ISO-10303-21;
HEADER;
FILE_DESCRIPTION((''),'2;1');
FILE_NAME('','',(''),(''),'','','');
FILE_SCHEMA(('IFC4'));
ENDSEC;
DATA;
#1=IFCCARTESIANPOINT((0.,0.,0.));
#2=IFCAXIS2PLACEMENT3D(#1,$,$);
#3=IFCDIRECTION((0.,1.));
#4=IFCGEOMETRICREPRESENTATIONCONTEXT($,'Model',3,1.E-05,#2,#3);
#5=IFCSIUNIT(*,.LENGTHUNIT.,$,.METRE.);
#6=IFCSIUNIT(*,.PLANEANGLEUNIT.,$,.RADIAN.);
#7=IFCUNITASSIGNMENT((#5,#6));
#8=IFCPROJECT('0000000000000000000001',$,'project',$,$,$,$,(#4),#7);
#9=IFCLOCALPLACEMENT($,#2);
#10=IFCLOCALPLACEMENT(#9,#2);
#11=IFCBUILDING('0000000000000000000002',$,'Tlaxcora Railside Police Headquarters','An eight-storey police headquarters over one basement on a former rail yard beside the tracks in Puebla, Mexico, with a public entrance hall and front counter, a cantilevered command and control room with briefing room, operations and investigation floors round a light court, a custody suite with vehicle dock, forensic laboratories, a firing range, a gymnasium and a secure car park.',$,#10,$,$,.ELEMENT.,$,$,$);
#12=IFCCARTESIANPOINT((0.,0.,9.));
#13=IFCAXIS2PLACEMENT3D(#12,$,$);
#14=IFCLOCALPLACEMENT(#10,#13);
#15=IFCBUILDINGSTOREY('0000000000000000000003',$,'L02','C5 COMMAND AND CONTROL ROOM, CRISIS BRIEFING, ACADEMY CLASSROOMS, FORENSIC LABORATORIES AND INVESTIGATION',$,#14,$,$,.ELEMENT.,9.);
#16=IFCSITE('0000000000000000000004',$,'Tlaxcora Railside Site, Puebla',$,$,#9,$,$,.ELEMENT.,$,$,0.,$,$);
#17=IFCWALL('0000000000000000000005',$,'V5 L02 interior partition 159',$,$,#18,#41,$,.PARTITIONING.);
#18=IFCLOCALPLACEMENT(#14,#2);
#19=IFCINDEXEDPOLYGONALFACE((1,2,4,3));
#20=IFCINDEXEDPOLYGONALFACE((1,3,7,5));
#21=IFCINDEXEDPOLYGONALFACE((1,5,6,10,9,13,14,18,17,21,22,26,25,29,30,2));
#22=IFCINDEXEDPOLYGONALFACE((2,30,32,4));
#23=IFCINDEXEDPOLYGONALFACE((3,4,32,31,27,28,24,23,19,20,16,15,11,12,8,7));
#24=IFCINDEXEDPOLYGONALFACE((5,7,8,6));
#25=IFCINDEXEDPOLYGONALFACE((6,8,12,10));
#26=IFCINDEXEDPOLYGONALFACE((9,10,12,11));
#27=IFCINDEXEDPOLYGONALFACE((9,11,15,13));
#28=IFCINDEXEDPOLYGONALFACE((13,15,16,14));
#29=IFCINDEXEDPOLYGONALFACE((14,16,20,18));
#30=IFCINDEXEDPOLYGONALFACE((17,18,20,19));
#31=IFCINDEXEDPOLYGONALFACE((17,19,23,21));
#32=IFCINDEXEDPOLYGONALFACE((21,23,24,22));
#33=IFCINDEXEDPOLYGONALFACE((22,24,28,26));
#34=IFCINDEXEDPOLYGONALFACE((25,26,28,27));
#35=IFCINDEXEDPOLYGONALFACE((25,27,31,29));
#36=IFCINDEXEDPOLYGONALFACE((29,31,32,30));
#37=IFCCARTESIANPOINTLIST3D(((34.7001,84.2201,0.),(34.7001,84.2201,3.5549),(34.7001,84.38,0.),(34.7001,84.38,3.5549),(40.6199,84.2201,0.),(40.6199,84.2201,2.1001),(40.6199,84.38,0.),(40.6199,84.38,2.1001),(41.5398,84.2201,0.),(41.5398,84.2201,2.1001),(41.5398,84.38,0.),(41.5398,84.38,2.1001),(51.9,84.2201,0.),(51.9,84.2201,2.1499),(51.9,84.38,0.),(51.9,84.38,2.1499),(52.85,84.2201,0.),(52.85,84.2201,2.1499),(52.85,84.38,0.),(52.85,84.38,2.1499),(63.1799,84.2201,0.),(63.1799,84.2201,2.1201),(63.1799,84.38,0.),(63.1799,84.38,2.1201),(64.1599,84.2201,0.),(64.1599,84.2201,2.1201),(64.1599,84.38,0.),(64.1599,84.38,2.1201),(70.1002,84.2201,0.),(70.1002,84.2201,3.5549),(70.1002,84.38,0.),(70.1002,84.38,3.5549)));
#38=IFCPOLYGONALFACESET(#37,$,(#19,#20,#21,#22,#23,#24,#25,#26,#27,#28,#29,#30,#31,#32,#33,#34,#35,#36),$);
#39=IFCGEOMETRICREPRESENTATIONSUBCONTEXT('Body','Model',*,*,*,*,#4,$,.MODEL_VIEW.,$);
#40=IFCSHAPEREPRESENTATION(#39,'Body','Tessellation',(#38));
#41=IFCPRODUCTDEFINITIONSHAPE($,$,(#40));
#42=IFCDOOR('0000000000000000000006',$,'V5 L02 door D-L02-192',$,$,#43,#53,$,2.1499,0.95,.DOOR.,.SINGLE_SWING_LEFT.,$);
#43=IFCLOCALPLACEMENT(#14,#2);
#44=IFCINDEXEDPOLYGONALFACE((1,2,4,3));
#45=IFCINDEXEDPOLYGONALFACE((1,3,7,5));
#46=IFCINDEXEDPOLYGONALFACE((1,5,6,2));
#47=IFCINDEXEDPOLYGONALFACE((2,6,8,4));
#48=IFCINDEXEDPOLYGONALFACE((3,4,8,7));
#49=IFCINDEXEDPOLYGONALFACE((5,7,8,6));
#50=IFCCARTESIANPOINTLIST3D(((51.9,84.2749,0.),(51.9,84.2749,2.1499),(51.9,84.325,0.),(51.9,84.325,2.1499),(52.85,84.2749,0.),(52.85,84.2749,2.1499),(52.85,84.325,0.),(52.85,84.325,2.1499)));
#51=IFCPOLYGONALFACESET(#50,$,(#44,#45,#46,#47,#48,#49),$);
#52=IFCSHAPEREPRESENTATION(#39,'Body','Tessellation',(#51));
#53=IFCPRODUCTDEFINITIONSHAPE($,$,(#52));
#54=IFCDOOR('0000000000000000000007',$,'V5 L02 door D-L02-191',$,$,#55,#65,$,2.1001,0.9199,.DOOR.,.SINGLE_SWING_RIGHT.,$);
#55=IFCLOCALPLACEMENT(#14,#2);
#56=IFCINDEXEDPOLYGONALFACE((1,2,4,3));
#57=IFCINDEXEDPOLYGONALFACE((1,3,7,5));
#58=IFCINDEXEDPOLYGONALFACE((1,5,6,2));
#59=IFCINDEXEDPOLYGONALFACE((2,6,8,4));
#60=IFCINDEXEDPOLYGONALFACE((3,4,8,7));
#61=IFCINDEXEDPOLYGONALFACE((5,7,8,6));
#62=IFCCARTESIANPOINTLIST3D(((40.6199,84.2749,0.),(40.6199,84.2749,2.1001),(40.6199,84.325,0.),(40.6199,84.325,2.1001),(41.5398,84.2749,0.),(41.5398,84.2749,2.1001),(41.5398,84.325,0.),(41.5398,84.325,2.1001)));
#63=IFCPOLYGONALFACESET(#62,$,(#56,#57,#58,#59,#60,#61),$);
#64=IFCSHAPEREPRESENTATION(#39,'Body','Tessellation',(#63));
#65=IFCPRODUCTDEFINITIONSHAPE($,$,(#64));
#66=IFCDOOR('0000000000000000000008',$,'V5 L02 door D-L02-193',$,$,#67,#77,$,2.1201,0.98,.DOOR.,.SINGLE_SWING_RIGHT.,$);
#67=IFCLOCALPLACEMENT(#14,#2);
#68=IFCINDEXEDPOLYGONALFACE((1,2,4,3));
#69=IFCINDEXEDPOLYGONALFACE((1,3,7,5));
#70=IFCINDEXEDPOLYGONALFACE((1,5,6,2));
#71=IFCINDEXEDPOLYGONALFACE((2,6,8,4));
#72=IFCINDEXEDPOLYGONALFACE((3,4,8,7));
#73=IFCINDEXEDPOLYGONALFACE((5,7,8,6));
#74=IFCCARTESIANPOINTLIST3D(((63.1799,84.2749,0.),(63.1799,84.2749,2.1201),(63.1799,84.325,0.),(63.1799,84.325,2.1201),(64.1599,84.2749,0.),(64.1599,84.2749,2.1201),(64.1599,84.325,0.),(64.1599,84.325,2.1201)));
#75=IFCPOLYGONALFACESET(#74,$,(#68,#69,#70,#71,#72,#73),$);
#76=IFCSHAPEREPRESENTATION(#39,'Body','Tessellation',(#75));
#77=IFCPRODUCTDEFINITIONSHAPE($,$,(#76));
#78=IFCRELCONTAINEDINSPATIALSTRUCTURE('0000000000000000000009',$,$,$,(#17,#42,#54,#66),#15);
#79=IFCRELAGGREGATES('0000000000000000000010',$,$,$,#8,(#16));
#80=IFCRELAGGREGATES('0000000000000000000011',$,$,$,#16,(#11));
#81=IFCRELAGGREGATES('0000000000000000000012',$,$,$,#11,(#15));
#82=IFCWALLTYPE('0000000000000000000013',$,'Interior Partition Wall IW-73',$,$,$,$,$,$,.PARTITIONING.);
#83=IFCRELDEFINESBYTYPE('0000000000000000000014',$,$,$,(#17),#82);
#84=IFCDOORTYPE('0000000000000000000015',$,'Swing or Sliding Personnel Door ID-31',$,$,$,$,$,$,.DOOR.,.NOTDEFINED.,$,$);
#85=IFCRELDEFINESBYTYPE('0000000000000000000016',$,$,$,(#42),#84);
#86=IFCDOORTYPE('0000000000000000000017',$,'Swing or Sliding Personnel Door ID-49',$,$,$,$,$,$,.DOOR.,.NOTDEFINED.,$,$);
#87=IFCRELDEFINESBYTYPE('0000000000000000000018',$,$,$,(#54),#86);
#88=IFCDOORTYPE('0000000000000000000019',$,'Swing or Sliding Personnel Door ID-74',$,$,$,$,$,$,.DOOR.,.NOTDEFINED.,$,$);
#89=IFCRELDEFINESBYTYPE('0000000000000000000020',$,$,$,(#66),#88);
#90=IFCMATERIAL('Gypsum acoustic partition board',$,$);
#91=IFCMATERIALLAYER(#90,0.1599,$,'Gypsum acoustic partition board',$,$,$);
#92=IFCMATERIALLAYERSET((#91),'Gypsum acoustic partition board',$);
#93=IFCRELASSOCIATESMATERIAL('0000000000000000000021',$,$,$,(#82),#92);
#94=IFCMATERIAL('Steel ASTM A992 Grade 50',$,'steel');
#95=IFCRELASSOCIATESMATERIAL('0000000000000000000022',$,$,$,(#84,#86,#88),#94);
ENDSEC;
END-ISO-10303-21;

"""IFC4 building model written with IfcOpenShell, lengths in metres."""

from ifc_helpers import new_model, si_unit, direction, frame, frame_2d, origin, place, context, subcontext, project, spatial, rectangle, extrude, material, layer, layer_set, type_object, element, fill, save


model = new_model("IFC4")

# Units and contexts
model_context = context("Model", 3, precision=1e-05, world=origin(), true_north=direction((0.0, 1.0)))
body_context = subcontext(model_context, "Body", "Model", "MODEL_VIEW")
ifc_project = project(units=[si_unit("LENGTHUNIT", "METRE"), si_unit("PLANEANGLEUNIT", "RADIAN")], contexts=[model_context])

# Site, building, storey
site_placement = place(None, origin())
site = spatial("IfcSite", under=ifc_project, at=site_placement, Name="Tlaxcora Railside Site, Puebla", CompositionType="ELEMENT", RefElevation=0.0)
building_placement = place(site_placement, origin())
building = spatial("IfcBuilding", under=site, at=building_placement, Name="Tlaxcora Railside Police Headquarters", Description="An eight-storey police headquarters over one basement on a former rail yard beside the tracks in Puebla, Mexico, with a public entrance hall and front counter, a cantilevered command and control room with briefing room, operations and investigation floors round a light court, a custody suite with vehicle dock, forensic laboratories, a firing range, a gymnasium and a secure car park.", CompositionType="ELEMENT")
storey_placement = place(building_placement, frame((0.0, 0.0, 9.0)))
storey = spatial("IfcBuildingStorey", under=building, at=storey_placement, Name="L02", Description="C5 COMMAND AND CONTROL ROOM, CRISIS BRIEFING, ACADEMY CLASSROOMS, FORENSIC LABORATORIES AND INVESTIGATION", CompositionType="ELEMENT", Elevation=9.0)

# Wall, openings, doors
ifc_material_1 = material(Name="Gypsum acoustic partition board")
ifc_layer_1 = layer(ifc_material_1, 0.1599, Name="Gypsum acoustic partition board")
ifc_layer_set_1 = layer_set([ifc_layer_1], Name="Gypsum acoustic partition board")
wall_type_1 = type_object("IfcWallType", Name="Interior Partition Wall IW-73", PredefinedType="PARTITIONING", material=ifc_layer_set_1)
ifc_material_2 = material(Name="Steel ASTM A992 Grade 50", Category="steel")
wall_1_placement = place(storey_placement, frame((34.7, 84.3, 0.0), z_axis=(0.0, 0.0, 1.0), x_axis=(1.0, 0.0, 0.0)))
wall_1 = element("IfcWall", 1, at=wall_1_placement, inside=storey, type_object=wall_type_1, Name="V5 L02 interior partition 159", PredefinedType="PARTITIONING", context=body_context, shape_type="SweptSolid", body=[
    extrude(rectangle(XDim=35.4001, YDim=0.1599, at=frame_2d((17.7002, 0.0))), origin(), (0.0, 0.0, 1.0), 3.5549),
])
opening_1_placement = place(wall_1_placement, frame((5.9199, 0.0, 0.0)))
opening_1 = element("IfcOpeningElement", 2, at=opening_1_placement, cuts=wall_1, PredefinedType="OPENING", context=body_context, shape_type="SweptSolid", body=[
    extrude(rectangle(XDim=0.9199, YDim=2.1001, at=frame_2d((0.46, 1.05))), frame((0.0, 0.0898, 0.0), z_axis=(0.0, -1.0, 0.0), x_axis=(1.0, 0.0, 0.0)), (0.0, 0.0, 1.0), 0.1799),
])
opening_2_placement = place(wall_1_placement, frame((17.2, 0.0, 0.0)))
opening_2 = element("IfcOpeningElement", 3, at=opening_2_placement, cuts=wall_1, PredefinedType="OPENING", context=body_context, shape_type="SweptSolid", body=[
    extrude(rectangle(XDim=0.95, YDim=2.1499, at=frame_2d((0.4751, 1.075))), frame((0.0, 0.0898, 0.0), z_axis=(0.0, -1.0, 0.0), x_axis=(1.0, 0.0, 0.0)), (0.0, 0.0, 1.0), 0.1799),
])
opening_3_placement = place(wall_1_placement, frame((28.48, 0.0, 0.0)))
opening_3 = element("IfcOpeningElement", 4, at=opening_3_placement, cuts=wall_1, PredefinedType="OPENING", context=body_context, shape_type="SweptSolid", body=[
    extrude(rectangle(XDim=0.98, YDim=2.1201, at=frame_2d((0.49, 1.0601))), frame((0.0, 0.0898, 0.0), z_axis=(0.0, -1.0, 0.0), x_axis=(1.0, 0.0, 0.0)), (0.0, 0.0, 1.0), 0.1799),
])
door_type_1 = type_object("IfcDoorType", Name="Swing or Sliding Personnel Door ID-31", OperationType="NOTDEFINED", PredefinedType="DOOR", material=ifc_material_2)
door_1_placement = place(opening_2_placement, origin())
door_1 = element("IfcDoor", 5, at=door_1_placement, inside=storey, type_object=door_type_1, Name="V5 L02 door D-L02-192", OperationType="SINGLE_SWING_LEFT", OverallHeight=2.1499, OverallWidth=0.95, PredefinedType="DOOR", context=body_context, shape_type="SweptSolid", body=[
    extrude(rectangle(XDim=0.95, YDim=2.1499, at=frame_2d((0.4751, 1.075))), frame((0.0, 0.0249, 0.0), z_axis=(0.0, -1.0, 0.0), x_axis=(1.0, 0.0, 0.0)), (0.0, 0.0, 1.0), 0.05),
])
fill(opening_2, door_1)
door_type_2 = type_object("IfcDoorType", Name="Swing or Sliding Personnel Door ID-49", OperationType="NOTDEFINED", PredefinedType="DOOR", material=ifc_material_2)
door_2_placement = place(opening_1_placement, origin())
door_2 = element("IfcDoor", 6, at=door_2_placement, inside=storey, type_object=door_type_2, Name="V5 L02 door D-L02-191", OperationType="SINGLE_SWING_RIGHT", OverallHeight=2.1001, OverallWidth=0.9199, PredefinedType="DOOR", context=body_context, shape_type="SweptSolid", body=[
    extrude(rectangle(XDim=0.9199, YDim=2.1001, at=frame_2d((0.46, 1.05))), frame((0.0, 0.0249, 0.0), z_axis=(0.0, -1.0, 0.0), x_axis=(1.0, 0.0, 0.0)), (0.0, 0.0, 1.0), 0.05),
])
fill(opening_1, door_2)
door_type_3 = type_object("IfcDoorType", Name="Swing or Sliding Personnel Door ID-74", OperationType="NOTDEFINED", PredefinedType="DOOR", material=ifc_material_2)
door_3_placement = place(opening_3_placement, origin())
door_3 = element("IfcDoor", 7, at=door_3_placement, inside=storey, type_object=door_type_3, Name="V5 L02 door D-L02-193", OperationType="SINGLE_SWING_RIGHT", OverallHeight=2.1201, OverallWidth=0.98, PredefinedType="DOOR", context=body_context, shape_type="SweptSolid", body=[
    extrude(rectangle(XDim=0.98, YDim=2.1201, at=frame_2d((0.49, 1.0601))), frame((0.0, 0.0249, 0.0), z_axis=(0.0, -1.0, 0.0), x_axis=(1.0, 0.0, 0.0)), (0.0, 0.0, 1.0), 0.05),
])
fill(opening_3, door_3)

save(model, "model.ifc")
